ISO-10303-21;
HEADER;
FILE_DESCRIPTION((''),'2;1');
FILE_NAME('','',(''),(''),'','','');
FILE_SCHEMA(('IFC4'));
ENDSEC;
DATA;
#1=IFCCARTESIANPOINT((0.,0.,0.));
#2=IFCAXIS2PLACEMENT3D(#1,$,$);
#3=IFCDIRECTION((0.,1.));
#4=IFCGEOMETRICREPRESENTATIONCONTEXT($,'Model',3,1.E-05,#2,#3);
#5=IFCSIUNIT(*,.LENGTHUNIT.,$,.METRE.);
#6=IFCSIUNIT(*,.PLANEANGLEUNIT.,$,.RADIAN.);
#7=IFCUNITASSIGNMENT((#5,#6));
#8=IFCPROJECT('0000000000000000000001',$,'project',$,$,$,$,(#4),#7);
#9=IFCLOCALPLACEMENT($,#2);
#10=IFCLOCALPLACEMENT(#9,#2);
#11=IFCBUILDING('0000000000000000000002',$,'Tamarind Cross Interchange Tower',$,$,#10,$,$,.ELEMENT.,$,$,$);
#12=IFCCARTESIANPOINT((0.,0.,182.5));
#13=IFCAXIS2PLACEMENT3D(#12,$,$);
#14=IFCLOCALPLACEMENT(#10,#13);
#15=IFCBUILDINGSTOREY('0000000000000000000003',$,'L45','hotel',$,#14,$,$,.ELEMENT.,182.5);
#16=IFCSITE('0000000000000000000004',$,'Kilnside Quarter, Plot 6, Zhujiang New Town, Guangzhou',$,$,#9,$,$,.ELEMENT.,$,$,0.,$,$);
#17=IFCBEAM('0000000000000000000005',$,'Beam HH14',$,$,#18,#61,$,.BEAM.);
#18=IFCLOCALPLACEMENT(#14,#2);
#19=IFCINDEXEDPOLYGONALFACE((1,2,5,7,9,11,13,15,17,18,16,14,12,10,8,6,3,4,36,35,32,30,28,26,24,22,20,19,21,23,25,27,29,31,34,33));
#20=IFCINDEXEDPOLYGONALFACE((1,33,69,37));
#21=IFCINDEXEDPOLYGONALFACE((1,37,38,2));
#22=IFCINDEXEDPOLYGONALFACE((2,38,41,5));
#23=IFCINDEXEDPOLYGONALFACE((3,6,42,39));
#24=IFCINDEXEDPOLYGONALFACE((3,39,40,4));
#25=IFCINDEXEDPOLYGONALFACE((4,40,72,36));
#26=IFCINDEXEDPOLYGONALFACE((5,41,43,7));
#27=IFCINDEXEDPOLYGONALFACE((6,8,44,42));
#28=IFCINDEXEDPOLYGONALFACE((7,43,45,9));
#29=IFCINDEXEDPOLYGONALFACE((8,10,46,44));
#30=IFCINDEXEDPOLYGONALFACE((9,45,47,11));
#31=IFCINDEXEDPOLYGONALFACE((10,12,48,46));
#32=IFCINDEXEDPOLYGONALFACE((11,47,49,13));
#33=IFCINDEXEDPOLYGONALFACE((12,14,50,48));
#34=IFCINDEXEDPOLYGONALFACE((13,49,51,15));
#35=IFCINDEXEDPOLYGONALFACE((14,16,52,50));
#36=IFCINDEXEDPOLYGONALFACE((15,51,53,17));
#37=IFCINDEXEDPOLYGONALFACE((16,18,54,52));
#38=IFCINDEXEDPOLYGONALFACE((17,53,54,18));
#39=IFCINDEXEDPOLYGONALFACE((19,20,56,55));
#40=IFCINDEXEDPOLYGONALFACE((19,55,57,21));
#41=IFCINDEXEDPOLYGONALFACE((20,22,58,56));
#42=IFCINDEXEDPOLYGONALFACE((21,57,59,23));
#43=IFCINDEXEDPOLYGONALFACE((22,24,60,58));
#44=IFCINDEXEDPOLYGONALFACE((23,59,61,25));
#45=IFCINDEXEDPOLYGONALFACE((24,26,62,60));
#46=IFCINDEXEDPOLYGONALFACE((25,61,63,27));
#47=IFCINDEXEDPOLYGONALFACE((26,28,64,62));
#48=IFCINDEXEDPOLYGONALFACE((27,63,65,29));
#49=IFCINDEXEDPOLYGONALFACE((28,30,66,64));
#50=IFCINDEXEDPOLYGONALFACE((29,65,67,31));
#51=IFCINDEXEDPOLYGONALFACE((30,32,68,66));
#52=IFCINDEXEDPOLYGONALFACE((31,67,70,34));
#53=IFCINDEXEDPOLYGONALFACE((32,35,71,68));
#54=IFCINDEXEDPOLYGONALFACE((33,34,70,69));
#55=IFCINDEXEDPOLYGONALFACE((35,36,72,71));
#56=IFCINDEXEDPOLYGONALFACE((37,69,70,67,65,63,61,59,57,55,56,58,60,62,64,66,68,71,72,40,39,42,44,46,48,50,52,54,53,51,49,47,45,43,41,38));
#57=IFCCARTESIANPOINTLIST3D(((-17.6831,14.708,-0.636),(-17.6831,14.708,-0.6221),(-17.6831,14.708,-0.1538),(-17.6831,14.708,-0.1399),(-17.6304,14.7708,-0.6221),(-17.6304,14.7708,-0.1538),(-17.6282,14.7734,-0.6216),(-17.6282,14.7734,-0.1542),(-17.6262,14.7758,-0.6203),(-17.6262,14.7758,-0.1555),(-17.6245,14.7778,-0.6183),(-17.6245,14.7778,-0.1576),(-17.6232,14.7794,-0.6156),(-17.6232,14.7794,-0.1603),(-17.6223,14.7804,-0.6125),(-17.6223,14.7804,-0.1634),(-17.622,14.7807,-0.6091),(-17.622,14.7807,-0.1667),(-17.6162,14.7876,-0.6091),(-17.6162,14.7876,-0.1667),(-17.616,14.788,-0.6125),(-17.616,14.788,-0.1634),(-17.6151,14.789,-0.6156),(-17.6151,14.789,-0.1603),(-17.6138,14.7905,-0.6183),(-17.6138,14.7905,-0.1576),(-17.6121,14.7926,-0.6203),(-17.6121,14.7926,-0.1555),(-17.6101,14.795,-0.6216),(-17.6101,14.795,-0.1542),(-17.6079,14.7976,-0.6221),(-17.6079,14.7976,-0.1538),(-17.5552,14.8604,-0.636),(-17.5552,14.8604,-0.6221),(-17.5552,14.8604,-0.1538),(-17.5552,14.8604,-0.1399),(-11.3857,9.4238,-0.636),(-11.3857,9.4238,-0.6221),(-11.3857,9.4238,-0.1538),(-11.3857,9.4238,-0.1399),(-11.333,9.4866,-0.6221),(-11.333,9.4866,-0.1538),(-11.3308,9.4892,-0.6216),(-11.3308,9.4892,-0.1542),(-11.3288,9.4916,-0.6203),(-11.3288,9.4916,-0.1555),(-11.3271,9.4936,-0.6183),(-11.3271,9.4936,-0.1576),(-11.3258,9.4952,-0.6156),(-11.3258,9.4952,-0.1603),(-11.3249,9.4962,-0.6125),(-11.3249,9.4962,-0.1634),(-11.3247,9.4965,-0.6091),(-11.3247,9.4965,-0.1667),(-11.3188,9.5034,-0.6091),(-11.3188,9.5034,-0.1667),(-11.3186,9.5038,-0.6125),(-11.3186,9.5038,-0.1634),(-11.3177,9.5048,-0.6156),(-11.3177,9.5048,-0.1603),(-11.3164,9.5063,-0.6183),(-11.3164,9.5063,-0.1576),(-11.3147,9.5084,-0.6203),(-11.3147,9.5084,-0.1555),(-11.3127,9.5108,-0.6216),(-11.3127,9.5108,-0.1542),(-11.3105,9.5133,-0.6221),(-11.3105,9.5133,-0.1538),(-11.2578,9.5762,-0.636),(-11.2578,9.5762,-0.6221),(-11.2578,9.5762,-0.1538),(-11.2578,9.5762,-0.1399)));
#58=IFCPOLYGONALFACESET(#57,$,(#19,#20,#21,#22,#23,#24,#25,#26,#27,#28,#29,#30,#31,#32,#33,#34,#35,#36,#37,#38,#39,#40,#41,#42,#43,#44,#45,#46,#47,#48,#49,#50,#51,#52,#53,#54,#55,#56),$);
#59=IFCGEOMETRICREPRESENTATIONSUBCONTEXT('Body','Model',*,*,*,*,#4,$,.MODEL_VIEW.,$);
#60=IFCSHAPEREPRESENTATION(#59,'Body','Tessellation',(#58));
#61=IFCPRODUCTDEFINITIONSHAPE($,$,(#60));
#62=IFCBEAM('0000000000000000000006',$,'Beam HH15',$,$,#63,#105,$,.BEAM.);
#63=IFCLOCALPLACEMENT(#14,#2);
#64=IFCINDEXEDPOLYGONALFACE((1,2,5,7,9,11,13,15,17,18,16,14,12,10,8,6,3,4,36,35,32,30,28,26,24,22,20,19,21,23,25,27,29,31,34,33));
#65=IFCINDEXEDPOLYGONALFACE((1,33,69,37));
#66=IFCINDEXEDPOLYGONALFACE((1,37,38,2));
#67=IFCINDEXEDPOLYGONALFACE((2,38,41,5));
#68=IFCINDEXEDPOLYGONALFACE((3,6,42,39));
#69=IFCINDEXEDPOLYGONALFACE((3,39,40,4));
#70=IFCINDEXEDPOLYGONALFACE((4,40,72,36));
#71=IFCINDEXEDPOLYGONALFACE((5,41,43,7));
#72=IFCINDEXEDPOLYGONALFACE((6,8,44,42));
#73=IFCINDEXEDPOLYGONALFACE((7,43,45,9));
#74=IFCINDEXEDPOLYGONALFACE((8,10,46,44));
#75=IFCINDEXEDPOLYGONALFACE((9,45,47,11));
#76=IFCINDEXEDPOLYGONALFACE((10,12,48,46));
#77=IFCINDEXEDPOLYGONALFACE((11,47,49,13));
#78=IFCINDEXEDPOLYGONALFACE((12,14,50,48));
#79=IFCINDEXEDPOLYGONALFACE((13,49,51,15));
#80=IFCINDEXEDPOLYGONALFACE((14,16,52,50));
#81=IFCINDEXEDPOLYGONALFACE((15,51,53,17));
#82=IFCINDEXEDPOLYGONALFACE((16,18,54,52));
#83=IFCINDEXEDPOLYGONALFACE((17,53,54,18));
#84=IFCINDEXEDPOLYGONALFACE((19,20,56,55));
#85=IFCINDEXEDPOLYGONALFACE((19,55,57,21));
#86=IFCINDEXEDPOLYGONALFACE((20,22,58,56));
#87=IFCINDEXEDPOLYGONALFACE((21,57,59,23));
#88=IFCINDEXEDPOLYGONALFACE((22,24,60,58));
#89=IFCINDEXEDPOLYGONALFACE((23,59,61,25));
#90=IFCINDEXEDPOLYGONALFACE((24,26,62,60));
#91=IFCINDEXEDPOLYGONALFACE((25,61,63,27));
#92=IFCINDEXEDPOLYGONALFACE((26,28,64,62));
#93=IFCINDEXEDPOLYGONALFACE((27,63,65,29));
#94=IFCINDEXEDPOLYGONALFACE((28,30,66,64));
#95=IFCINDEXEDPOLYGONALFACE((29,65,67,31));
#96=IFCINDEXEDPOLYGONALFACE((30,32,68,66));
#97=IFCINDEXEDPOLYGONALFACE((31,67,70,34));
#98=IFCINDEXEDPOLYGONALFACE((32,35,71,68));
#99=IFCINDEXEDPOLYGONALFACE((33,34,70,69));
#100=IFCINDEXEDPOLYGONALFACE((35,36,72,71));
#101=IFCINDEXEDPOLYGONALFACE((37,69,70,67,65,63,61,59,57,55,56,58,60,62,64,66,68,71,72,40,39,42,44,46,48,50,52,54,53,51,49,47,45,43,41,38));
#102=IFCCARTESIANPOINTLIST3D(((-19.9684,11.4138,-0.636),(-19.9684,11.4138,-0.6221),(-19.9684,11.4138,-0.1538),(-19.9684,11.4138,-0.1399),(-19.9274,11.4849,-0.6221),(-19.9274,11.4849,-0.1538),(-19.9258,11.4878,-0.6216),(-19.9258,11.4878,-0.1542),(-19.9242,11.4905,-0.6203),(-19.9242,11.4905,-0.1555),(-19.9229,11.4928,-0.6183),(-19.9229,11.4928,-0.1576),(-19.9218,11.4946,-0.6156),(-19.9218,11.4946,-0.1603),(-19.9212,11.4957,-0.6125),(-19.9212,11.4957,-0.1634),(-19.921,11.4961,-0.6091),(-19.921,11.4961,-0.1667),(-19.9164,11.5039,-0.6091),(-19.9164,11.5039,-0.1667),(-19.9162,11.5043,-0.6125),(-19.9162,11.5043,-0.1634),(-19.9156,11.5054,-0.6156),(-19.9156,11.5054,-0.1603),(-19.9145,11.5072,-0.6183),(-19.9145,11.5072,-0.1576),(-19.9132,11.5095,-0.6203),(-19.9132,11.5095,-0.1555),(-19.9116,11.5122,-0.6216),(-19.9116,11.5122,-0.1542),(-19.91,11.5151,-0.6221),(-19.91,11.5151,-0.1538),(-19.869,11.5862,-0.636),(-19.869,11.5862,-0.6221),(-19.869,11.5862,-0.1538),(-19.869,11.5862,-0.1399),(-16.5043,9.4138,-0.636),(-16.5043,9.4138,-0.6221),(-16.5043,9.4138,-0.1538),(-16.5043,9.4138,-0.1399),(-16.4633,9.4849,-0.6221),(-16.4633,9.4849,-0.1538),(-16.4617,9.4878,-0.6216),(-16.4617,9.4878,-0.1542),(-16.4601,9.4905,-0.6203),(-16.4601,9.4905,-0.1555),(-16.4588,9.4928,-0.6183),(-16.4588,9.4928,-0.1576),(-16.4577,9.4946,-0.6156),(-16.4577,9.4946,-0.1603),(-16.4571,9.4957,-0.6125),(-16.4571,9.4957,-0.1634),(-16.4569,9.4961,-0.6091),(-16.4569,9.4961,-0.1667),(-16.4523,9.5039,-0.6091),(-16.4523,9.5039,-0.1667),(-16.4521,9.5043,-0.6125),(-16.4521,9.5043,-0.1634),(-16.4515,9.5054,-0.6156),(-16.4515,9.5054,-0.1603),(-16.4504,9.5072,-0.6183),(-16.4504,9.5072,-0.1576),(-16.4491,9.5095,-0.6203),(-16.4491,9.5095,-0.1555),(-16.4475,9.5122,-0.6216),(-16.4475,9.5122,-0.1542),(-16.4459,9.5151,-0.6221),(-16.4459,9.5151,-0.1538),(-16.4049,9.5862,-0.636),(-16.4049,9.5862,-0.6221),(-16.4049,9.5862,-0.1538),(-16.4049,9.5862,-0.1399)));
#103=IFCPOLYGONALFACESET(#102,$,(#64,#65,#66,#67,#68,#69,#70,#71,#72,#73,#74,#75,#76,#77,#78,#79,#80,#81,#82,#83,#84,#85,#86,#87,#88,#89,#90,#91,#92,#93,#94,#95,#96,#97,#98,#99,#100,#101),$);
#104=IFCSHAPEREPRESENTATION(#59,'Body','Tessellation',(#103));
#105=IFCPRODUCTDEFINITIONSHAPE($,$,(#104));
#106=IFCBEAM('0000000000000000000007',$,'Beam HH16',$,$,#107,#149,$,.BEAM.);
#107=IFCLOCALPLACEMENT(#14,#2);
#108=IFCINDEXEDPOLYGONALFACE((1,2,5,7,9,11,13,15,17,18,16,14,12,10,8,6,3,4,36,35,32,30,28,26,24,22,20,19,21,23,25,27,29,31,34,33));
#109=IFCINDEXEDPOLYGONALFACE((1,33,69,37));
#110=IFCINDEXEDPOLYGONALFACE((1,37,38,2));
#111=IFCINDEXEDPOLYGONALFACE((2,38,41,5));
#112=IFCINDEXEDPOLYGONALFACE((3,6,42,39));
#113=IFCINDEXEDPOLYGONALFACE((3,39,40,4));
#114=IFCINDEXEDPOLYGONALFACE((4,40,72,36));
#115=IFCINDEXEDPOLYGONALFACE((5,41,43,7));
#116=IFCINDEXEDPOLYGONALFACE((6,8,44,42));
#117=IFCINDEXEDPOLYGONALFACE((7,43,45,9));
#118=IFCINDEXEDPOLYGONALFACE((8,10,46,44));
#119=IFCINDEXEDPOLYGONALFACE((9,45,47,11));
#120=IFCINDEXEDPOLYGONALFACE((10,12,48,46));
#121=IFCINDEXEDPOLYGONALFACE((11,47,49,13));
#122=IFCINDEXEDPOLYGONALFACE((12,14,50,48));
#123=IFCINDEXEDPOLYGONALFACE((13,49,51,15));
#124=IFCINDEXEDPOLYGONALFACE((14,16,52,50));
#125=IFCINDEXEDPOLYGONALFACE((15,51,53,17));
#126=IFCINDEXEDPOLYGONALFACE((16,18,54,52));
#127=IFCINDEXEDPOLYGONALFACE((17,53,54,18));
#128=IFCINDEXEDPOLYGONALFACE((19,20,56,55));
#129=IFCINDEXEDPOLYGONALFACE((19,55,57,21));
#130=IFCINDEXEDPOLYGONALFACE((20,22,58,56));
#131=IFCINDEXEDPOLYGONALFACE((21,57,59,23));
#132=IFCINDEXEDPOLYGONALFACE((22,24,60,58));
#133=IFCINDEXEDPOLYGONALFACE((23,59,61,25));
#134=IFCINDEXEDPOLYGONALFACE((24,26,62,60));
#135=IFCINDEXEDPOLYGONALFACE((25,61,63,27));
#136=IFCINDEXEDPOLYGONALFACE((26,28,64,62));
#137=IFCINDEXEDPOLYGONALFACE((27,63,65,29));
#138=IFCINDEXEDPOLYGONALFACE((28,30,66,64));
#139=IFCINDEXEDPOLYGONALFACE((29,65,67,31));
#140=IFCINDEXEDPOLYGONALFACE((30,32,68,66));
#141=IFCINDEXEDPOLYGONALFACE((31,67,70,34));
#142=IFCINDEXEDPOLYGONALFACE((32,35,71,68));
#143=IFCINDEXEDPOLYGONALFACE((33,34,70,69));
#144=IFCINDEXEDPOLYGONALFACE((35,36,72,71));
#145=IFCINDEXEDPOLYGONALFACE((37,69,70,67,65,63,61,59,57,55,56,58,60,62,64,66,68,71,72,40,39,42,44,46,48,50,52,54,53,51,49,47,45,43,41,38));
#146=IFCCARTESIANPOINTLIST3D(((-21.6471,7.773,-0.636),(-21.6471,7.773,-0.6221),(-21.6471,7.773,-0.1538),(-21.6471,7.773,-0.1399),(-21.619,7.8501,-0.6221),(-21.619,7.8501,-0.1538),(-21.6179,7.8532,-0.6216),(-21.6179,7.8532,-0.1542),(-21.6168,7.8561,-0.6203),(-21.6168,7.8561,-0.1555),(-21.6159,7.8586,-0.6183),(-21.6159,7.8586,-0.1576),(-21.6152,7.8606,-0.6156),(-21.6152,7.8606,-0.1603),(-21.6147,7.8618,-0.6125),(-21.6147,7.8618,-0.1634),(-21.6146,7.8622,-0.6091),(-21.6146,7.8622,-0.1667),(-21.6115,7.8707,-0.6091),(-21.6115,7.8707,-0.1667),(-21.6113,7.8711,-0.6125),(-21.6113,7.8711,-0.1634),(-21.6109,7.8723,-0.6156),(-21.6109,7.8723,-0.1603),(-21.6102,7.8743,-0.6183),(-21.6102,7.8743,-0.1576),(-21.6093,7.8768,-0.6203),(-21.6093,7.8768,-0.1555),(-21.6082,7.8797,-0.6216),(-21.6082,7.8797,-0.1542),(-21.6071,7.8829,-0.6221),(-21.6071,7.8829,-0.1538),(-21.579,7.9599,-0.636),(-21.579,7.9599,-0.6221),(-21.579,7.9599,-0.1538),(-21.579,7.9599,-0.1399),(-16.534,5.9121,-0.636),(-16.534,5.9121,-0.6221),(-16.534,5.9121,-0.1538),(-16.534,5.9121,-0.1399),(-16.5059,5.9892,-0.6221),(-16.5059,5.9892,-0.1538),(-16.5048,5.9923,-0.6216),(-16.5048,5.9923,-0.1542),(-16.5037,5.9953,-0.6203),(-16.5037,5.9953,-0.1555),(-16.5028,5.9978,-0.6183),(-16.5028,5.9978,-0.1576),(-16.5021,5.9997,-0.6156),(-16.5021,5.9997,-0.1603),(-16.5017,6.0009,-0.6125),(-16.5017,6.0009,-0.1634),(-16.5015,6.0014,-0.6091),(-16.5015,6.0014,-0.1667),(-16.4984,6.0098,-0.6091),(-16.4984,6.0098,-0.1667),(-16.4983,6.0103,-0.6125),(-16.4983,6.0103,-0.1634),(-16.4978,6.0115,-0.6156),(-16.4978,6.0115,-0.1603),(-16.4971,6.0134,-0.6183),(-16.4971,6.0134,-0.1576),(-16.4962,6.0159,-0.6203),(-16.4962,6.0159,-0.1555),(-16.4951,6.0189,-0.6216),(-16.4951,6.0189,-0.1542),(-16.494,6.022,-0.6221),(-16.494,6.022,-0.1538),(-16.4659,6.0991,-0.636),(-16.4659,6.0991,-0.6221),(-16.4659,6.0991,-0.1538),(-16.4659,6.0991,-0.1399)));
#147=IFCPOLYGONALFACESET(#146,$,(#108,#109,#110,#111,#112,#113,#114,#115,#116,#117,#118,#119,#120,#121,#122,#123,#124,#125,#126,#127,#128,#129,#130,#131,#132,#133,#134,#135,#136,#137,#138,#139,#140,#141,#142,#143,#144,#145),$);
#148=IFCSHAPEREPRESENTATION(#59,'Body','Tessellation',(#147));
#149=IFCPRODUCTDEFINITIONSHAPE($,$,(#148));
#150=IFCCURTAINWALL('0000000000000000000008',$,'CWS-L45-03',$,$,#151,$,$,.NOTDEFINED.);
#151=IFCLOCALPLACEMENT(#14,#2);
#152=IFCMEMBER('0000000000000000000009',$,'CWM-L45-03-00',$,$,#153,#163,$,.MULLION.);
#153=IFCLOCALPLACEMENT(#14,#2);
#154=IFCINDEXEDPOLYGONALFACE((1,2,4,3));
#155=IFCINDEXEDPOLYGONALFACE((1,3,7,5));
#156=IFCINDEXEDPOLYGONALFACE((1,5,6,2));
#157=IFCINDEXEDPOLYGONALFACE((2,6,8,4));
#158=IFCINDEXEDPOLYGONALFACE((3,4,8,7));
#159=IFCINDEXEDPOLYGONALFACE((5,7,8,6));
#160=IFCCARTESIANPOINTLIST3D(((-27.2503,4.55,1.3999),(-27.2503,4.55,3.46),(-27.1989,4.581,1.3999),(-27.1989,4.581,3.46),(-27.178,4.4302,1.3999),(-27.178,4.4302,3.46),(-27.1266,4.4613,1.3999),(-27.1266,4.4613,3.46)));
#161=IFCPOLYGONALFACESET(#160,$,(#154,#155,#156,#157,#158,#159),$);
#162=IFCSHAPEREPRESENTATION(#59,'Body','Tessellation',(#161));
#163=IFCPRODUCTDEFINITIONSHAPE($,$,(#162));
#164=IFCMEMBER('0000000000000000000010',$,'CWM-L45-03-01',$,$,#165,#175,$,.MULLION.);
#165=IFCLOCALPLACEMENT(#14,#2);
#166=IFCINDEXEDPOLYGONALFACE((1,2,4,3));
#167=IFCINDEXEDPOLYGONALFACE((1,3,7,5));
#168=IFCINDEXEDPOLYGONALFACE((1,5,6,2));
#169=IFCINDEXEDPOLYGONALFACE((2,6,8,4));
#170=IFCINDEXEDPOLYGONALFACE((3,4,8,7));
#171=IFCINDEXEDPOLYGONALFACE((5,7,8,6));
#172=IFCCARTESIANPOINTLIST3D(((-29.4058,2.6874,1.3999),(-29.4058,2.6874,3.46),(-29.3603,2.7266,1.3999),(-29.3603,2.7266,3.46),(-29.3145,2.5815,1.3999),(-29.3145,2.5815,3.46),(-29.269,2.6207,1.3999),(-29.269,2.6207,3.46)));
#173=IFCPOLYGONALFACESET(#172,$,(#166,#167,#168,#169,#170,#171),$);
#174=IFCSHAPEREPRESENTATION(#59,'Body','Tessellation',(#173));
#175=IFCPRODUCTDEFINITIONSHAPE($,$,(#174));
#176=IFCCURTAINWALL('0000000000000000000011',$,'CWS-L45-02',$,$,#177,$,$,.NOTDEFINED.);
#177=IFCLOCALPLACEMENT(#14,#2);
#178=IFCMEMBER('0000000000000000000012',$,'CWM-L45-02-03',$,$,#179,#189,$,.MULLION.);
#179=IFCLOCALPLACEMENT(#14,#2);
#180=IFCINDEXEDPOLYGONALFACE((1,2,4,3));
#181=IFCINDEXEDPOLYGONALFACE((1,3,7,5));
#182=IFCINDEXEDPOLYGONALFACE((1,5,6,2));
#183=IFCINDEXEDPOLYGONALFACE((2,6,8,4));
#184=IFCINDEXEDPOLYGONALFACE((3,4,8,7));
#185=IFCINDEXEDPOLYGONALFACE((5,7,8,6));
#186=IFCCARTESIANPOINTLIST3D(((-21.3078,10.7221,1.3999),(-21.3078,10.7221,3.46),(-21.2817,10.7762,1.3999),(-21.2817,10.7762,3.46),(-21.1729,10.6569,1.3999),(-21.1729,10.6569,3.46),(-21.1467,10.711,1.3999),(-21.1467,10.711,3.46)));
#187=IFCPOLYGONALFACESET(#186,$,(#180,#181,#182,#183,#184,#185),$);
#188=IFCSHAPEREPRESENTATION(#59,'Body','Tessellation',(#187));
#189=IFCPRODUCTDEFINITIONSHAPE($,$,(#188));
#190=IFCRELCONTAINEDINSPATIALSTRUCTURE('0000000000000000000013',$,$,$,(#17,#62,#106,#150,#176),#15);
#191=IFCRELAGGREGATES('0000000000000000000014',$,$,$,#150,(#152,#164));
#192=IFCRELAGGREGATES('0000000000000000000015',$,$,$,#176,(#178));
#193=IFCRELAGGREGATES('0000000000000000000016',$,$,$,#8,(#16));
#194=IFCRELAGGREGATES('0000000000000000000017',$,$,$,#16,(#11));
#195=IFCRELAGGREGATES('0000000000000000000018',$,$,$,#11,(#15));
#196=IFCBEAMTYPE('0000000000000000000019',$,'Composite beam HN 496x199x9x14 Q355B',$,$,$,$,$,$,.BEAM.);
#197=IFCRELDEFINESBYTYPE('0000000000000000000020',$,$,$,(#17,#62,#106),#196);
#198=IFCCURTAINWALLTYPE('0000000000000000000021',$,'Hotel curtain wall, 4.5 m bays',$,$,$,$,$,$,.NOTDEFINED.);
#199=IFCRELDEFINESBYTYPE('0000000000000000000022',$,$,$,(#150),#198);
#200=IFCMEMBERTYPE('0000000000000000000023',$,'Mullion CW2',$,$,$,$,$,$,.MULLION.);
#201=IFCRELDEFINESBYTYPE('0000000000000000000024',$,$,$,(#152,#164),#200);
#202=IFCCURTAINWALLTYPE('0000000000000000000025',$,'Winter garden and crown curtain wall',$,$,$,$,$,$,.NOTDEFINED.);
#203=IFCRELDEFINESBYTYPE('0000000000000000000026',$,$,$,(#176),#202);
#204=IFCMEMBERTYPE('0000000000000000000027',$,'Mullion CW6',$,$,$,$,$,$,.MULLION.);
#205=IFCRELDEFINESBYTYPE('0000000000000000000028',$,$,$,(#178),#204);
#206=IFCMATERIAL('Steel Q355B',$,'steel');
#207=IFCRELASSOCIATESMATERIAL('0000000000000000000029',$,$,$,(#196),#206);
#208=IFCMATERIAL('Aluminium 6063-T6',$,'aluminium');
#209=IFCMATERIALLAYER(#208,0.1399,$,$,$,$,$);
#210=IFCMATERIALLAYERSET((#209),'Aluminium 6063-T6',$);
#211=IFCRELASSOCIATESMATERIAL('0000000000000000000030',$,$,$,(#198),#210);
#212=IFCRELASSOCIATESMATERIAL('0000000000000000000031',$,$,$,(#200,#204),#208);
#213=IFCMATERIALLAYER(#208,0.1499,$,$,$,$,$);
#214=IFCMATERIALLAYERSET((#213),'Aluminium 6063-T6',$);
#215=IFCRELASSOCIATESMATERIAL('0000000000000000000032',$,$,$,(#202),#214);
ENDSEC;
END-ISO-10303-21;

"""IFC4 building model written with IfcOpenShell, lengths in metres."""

from ifc_helpers import new_model, si_unit, direction, frame, origin, origin_2d, place, context, subcontext, project, spatial, rectangle, i_section, extrude, material, layer, layer_set, material_profile, profile_set, type_object, element, aggregate, save


model = new_model("IFC4")

# Units and contexts
model_context = context("Model", 3, precision=1e-05, world=origin(), true_north=direction((0.0, 1.0)))
body_context = subcontext(model_context, "Body", "Model", "MODEL_VIEW")
ifc_project = project(units=[si_unit("LENGTHUNIT", "METRE"), si_unit("PLANEANGLEUNIT", "RADIAN")], contexts=[model_context])

# Site, building, storey
site_placement = place(None, origin())
site = spatial("IfcSite", under=ifc_project, at=site_placement, Name="Kilnside Quarter, Plot 6, Zhujiang New Town, Guangzhou", CompositionType="ELEMENT", RefElevation=0.0)
building_placement = place(site_placement, origin())
building = spatial("IfcBuilding", under=site, at=building_placement, Name="Tamarind Cross Interchange Tower", CompositionType="ELEMENT")
storey_placement = place(building_placement, frame((0.0, 0.0, 182.5)))
storey = spatial("IfcBuildingStorey", under=building, at=storey_placement, Name="L45", Description="hotel", CompositionType="ELEMENT", Elevation=182.5)

# Beams
ifc_material_1 = material(Name="Steel Q355B", Category="steel")
ifc_material_profile_1 = material_profile(ifc_material_1, i_section(OverallWidth=0.199, OverallDepth=0.4961, WebThickness=0.009, FlangeThickness=0.0139, FilletRadius=0.0129, at=origin_2d()), Name="HN 496x199x9x14")
ifc_profile_set_1 = profile_set([ifc_material_profile_1], Name="Steel Q355B")
beam_type = type_object("IfcBeamType", Name="Composite beam HN 496x199x9x14 Q355B", PredefinedType="BEAM", material=ifc_profile_set_1)
beam_1_placement = place(storey_placement, frame((-17.6191, 14.7842, -0.3879), z_axis=(0.766041, -0.642792, 0.0), x_axis=(0.642792, 0.766041, 0.0)))
element("IfcBeam", 1, at=beam_1_placement, inside=storey, type_object=beam_type, Name="Beam HH14", PredefinedType="BEAM", context=body_context, shape_type="SweptSolid", body=[
    extrude(i_section(OverallWidth=0.199, OverallDepth=0.4961, WebThickness=0.009, FlangeThickness=0.0139, FilletRadius=0.0129, at=origin_2d()), origin(), (0.0, 0.0, 1.0), 8.2207),
])
beam_2_placement = place(storey_placement, frame((-19.9187, 11.5, -0.3879), z_axis=(0.866026, -0.499999, 0.0), x_axis=(0.499999, 0.866026, 0.0)))
element("IfcBeam", 2, at=beam_2_placement, inside=storey, type_object=beam_type, Name="Beam HH15", PredefinedType="BEAM", context=body_context, shape_type="SweptSolid", body=[
    extrude(i_section(OverallWidth=0.199, OverallDepth=0.4961, WebThickness=0.009, FlangeThickness=0.0139, FilletRadius=0.0129, at=origin_2d()), origin(), (0.0, 0.0, 1.0), 4.0),
])
beam_3_placement = place(storey_placement, frame((-21.613, 7.8665, -0.3879), z_axis=(0.939702, -0.341995, 0.0), x_axis=(0.341995, 0.939702, 0.0)))
element("IfcBeam", 3, at=beam_3_placement, inside=storey, type_object=beam_type, Name="Beam HH16", PredefinedType="BEAM", context=body_context, shape_type="SweptSolid", body=[
    extrude(i_section(OverallWidth=0.199, OverallDepth=0.4961, WebThickness=0.009, FlangeThickness=0.0139, FilletRadius=0.0129, at=origin_2d()), origin(), (0.0, 0.0, 1.0), 5.4412),
])

# Curtain walls, members
ifc_material_2 = material(Name="Aluminium 6063-T6", Category="aluminium")
ifc_layer_1 = layer(ifc_material_2, 0.1399)
ifc_layer_set_1 = layer_set([ifc_layer_1], Name="Aluminium 6063-T6")
curtain_wall_type_1 = type_object("IfcCurtainWallType", Name="Hotel curtain wall, 4.5 m bays", PredefinedType="NOTDEFINED", material=ifc_layer_set_1)
curtain_wall_1_placement = place(storey_placement, origin())
curtain_wall_1 = element("IfcCurtainWall", 4, at=curtain_wall_1_placement, inside=storey, type_object=curtain_wall_type_1, Name="CWS-L45-03", PredefinedType="NOTDEFINED")
ifc_material_profile_2 = material_profile(ifc_material_2, rectangle(XDim=0.0601, YDim=0.1399, at=origin_2d()), Name="Mullion CW2")
ifc_profile_set_2 = profile_set([ifc_material_profile_2], Name="Aluminium 6063-T6")
member_type_1 = type_object("IfcMemberType", Name="Mullion CW2", PredefinedType="MULLION", material=ifc_profile_set_2)
member_1_placement = place(storey_placement, frame((-27.1885, 4.5056, 1.3999), z_axis=(0.0, 0.0, 1.0), x_axis=(-0.856128, -0.516764, 0.0)))
member_1 = element("IfcMember", 5, at=member_1_placement, type_object=member_type_1, Name="CWM-L45-03-00", PredefinedType="MULLION", context=body_context, shape_type="SweptSolid", body=[
    extrude(rectangle(XDim=0.0601, YDim=0.1399, at=origin_2d()), origin(), (0.0, 0.0, 1.0), 2.0601),
])
member_2_placement = place(storey_placement, frame((-29.3374, 2.6541, 1.3999), z_axis=(0.0, 0.0, 1.0), x_axis=(-0.757597, -0.652723, 0.0)))
member_2 = element("IfcMember", 6, at=member_2_placement, type_object=member_type_1, Name="CWM-L45-03-01", PredefinedType="MULLION", context=body_context, shape_type="SweptSolid", body=[
    extrude(rectangle(XDim=0.0601, YDim=0.1399, at=origin_2d()), origin(), (0.0, 0.0, 1.0), 2.0601),
])
aggregate(curtain_wall_1, [member_1, member_2])
ifc_layer_2 = layer(ifc_material_2, 0.1499)
ifc_layer_set_2 = layer_set([ifc_layer_2], Name="Aluminium 6063-T6")
curtain_wall_type_2 = type_object("IfcCurtainWallType", Name="Winter garden and crown curtain wall", PredefinedType="NOTDEFINED", material=ifc_layer_set_2)
curtain_wall_2_placement = place(storey_placement, origin())
curtain_wall_2 = element("IfcCurtainWall", 7, at=curtain_wall_2_placement, inside=storey, type_object=curtain_wall_type_2, Name="CWS-L45-02", PredefinedType="NOTDEFINED")
ifc_material_profile_3 = material_profile(ifc_material_2, rectangle(XDim=0.0601, YDim=0.1499, at=origin_2d()), Name="Mullion CW6")
ifc_profile_set_3 = profile_set([ifc_material_profile_3], Name="Aluminium 6063-T6")
member_type_2 = type_object("IfcMemberType", Name="Mullion CW6", PredefinedType="MULLION", material=ifc_profile_set_3)
member_3_placement = place(storey_placement, frame((-21.2273, 10.7166, 1.3999), z_axis=(0.0, 0.0, 1.0), x_axis=(-0.435326, -0.900273, 0.0)))
member_3 = element("IfcMember", 8, at=member_3_placement, type_object=member_type_2, Name="CWM-L45-02-03", PredefinedType="MULLION", context=body_context, shape_type="SweptSolid", body=[
    extrude(rectangle(XDim=0.0601, YDim=0.1499, at=origin_2d()), origin(), (0.0, 0.0, 1.0), 2.0601),
])
aggregate(curtain_wall_2, [member_3])

save(model, "model.ifc")
